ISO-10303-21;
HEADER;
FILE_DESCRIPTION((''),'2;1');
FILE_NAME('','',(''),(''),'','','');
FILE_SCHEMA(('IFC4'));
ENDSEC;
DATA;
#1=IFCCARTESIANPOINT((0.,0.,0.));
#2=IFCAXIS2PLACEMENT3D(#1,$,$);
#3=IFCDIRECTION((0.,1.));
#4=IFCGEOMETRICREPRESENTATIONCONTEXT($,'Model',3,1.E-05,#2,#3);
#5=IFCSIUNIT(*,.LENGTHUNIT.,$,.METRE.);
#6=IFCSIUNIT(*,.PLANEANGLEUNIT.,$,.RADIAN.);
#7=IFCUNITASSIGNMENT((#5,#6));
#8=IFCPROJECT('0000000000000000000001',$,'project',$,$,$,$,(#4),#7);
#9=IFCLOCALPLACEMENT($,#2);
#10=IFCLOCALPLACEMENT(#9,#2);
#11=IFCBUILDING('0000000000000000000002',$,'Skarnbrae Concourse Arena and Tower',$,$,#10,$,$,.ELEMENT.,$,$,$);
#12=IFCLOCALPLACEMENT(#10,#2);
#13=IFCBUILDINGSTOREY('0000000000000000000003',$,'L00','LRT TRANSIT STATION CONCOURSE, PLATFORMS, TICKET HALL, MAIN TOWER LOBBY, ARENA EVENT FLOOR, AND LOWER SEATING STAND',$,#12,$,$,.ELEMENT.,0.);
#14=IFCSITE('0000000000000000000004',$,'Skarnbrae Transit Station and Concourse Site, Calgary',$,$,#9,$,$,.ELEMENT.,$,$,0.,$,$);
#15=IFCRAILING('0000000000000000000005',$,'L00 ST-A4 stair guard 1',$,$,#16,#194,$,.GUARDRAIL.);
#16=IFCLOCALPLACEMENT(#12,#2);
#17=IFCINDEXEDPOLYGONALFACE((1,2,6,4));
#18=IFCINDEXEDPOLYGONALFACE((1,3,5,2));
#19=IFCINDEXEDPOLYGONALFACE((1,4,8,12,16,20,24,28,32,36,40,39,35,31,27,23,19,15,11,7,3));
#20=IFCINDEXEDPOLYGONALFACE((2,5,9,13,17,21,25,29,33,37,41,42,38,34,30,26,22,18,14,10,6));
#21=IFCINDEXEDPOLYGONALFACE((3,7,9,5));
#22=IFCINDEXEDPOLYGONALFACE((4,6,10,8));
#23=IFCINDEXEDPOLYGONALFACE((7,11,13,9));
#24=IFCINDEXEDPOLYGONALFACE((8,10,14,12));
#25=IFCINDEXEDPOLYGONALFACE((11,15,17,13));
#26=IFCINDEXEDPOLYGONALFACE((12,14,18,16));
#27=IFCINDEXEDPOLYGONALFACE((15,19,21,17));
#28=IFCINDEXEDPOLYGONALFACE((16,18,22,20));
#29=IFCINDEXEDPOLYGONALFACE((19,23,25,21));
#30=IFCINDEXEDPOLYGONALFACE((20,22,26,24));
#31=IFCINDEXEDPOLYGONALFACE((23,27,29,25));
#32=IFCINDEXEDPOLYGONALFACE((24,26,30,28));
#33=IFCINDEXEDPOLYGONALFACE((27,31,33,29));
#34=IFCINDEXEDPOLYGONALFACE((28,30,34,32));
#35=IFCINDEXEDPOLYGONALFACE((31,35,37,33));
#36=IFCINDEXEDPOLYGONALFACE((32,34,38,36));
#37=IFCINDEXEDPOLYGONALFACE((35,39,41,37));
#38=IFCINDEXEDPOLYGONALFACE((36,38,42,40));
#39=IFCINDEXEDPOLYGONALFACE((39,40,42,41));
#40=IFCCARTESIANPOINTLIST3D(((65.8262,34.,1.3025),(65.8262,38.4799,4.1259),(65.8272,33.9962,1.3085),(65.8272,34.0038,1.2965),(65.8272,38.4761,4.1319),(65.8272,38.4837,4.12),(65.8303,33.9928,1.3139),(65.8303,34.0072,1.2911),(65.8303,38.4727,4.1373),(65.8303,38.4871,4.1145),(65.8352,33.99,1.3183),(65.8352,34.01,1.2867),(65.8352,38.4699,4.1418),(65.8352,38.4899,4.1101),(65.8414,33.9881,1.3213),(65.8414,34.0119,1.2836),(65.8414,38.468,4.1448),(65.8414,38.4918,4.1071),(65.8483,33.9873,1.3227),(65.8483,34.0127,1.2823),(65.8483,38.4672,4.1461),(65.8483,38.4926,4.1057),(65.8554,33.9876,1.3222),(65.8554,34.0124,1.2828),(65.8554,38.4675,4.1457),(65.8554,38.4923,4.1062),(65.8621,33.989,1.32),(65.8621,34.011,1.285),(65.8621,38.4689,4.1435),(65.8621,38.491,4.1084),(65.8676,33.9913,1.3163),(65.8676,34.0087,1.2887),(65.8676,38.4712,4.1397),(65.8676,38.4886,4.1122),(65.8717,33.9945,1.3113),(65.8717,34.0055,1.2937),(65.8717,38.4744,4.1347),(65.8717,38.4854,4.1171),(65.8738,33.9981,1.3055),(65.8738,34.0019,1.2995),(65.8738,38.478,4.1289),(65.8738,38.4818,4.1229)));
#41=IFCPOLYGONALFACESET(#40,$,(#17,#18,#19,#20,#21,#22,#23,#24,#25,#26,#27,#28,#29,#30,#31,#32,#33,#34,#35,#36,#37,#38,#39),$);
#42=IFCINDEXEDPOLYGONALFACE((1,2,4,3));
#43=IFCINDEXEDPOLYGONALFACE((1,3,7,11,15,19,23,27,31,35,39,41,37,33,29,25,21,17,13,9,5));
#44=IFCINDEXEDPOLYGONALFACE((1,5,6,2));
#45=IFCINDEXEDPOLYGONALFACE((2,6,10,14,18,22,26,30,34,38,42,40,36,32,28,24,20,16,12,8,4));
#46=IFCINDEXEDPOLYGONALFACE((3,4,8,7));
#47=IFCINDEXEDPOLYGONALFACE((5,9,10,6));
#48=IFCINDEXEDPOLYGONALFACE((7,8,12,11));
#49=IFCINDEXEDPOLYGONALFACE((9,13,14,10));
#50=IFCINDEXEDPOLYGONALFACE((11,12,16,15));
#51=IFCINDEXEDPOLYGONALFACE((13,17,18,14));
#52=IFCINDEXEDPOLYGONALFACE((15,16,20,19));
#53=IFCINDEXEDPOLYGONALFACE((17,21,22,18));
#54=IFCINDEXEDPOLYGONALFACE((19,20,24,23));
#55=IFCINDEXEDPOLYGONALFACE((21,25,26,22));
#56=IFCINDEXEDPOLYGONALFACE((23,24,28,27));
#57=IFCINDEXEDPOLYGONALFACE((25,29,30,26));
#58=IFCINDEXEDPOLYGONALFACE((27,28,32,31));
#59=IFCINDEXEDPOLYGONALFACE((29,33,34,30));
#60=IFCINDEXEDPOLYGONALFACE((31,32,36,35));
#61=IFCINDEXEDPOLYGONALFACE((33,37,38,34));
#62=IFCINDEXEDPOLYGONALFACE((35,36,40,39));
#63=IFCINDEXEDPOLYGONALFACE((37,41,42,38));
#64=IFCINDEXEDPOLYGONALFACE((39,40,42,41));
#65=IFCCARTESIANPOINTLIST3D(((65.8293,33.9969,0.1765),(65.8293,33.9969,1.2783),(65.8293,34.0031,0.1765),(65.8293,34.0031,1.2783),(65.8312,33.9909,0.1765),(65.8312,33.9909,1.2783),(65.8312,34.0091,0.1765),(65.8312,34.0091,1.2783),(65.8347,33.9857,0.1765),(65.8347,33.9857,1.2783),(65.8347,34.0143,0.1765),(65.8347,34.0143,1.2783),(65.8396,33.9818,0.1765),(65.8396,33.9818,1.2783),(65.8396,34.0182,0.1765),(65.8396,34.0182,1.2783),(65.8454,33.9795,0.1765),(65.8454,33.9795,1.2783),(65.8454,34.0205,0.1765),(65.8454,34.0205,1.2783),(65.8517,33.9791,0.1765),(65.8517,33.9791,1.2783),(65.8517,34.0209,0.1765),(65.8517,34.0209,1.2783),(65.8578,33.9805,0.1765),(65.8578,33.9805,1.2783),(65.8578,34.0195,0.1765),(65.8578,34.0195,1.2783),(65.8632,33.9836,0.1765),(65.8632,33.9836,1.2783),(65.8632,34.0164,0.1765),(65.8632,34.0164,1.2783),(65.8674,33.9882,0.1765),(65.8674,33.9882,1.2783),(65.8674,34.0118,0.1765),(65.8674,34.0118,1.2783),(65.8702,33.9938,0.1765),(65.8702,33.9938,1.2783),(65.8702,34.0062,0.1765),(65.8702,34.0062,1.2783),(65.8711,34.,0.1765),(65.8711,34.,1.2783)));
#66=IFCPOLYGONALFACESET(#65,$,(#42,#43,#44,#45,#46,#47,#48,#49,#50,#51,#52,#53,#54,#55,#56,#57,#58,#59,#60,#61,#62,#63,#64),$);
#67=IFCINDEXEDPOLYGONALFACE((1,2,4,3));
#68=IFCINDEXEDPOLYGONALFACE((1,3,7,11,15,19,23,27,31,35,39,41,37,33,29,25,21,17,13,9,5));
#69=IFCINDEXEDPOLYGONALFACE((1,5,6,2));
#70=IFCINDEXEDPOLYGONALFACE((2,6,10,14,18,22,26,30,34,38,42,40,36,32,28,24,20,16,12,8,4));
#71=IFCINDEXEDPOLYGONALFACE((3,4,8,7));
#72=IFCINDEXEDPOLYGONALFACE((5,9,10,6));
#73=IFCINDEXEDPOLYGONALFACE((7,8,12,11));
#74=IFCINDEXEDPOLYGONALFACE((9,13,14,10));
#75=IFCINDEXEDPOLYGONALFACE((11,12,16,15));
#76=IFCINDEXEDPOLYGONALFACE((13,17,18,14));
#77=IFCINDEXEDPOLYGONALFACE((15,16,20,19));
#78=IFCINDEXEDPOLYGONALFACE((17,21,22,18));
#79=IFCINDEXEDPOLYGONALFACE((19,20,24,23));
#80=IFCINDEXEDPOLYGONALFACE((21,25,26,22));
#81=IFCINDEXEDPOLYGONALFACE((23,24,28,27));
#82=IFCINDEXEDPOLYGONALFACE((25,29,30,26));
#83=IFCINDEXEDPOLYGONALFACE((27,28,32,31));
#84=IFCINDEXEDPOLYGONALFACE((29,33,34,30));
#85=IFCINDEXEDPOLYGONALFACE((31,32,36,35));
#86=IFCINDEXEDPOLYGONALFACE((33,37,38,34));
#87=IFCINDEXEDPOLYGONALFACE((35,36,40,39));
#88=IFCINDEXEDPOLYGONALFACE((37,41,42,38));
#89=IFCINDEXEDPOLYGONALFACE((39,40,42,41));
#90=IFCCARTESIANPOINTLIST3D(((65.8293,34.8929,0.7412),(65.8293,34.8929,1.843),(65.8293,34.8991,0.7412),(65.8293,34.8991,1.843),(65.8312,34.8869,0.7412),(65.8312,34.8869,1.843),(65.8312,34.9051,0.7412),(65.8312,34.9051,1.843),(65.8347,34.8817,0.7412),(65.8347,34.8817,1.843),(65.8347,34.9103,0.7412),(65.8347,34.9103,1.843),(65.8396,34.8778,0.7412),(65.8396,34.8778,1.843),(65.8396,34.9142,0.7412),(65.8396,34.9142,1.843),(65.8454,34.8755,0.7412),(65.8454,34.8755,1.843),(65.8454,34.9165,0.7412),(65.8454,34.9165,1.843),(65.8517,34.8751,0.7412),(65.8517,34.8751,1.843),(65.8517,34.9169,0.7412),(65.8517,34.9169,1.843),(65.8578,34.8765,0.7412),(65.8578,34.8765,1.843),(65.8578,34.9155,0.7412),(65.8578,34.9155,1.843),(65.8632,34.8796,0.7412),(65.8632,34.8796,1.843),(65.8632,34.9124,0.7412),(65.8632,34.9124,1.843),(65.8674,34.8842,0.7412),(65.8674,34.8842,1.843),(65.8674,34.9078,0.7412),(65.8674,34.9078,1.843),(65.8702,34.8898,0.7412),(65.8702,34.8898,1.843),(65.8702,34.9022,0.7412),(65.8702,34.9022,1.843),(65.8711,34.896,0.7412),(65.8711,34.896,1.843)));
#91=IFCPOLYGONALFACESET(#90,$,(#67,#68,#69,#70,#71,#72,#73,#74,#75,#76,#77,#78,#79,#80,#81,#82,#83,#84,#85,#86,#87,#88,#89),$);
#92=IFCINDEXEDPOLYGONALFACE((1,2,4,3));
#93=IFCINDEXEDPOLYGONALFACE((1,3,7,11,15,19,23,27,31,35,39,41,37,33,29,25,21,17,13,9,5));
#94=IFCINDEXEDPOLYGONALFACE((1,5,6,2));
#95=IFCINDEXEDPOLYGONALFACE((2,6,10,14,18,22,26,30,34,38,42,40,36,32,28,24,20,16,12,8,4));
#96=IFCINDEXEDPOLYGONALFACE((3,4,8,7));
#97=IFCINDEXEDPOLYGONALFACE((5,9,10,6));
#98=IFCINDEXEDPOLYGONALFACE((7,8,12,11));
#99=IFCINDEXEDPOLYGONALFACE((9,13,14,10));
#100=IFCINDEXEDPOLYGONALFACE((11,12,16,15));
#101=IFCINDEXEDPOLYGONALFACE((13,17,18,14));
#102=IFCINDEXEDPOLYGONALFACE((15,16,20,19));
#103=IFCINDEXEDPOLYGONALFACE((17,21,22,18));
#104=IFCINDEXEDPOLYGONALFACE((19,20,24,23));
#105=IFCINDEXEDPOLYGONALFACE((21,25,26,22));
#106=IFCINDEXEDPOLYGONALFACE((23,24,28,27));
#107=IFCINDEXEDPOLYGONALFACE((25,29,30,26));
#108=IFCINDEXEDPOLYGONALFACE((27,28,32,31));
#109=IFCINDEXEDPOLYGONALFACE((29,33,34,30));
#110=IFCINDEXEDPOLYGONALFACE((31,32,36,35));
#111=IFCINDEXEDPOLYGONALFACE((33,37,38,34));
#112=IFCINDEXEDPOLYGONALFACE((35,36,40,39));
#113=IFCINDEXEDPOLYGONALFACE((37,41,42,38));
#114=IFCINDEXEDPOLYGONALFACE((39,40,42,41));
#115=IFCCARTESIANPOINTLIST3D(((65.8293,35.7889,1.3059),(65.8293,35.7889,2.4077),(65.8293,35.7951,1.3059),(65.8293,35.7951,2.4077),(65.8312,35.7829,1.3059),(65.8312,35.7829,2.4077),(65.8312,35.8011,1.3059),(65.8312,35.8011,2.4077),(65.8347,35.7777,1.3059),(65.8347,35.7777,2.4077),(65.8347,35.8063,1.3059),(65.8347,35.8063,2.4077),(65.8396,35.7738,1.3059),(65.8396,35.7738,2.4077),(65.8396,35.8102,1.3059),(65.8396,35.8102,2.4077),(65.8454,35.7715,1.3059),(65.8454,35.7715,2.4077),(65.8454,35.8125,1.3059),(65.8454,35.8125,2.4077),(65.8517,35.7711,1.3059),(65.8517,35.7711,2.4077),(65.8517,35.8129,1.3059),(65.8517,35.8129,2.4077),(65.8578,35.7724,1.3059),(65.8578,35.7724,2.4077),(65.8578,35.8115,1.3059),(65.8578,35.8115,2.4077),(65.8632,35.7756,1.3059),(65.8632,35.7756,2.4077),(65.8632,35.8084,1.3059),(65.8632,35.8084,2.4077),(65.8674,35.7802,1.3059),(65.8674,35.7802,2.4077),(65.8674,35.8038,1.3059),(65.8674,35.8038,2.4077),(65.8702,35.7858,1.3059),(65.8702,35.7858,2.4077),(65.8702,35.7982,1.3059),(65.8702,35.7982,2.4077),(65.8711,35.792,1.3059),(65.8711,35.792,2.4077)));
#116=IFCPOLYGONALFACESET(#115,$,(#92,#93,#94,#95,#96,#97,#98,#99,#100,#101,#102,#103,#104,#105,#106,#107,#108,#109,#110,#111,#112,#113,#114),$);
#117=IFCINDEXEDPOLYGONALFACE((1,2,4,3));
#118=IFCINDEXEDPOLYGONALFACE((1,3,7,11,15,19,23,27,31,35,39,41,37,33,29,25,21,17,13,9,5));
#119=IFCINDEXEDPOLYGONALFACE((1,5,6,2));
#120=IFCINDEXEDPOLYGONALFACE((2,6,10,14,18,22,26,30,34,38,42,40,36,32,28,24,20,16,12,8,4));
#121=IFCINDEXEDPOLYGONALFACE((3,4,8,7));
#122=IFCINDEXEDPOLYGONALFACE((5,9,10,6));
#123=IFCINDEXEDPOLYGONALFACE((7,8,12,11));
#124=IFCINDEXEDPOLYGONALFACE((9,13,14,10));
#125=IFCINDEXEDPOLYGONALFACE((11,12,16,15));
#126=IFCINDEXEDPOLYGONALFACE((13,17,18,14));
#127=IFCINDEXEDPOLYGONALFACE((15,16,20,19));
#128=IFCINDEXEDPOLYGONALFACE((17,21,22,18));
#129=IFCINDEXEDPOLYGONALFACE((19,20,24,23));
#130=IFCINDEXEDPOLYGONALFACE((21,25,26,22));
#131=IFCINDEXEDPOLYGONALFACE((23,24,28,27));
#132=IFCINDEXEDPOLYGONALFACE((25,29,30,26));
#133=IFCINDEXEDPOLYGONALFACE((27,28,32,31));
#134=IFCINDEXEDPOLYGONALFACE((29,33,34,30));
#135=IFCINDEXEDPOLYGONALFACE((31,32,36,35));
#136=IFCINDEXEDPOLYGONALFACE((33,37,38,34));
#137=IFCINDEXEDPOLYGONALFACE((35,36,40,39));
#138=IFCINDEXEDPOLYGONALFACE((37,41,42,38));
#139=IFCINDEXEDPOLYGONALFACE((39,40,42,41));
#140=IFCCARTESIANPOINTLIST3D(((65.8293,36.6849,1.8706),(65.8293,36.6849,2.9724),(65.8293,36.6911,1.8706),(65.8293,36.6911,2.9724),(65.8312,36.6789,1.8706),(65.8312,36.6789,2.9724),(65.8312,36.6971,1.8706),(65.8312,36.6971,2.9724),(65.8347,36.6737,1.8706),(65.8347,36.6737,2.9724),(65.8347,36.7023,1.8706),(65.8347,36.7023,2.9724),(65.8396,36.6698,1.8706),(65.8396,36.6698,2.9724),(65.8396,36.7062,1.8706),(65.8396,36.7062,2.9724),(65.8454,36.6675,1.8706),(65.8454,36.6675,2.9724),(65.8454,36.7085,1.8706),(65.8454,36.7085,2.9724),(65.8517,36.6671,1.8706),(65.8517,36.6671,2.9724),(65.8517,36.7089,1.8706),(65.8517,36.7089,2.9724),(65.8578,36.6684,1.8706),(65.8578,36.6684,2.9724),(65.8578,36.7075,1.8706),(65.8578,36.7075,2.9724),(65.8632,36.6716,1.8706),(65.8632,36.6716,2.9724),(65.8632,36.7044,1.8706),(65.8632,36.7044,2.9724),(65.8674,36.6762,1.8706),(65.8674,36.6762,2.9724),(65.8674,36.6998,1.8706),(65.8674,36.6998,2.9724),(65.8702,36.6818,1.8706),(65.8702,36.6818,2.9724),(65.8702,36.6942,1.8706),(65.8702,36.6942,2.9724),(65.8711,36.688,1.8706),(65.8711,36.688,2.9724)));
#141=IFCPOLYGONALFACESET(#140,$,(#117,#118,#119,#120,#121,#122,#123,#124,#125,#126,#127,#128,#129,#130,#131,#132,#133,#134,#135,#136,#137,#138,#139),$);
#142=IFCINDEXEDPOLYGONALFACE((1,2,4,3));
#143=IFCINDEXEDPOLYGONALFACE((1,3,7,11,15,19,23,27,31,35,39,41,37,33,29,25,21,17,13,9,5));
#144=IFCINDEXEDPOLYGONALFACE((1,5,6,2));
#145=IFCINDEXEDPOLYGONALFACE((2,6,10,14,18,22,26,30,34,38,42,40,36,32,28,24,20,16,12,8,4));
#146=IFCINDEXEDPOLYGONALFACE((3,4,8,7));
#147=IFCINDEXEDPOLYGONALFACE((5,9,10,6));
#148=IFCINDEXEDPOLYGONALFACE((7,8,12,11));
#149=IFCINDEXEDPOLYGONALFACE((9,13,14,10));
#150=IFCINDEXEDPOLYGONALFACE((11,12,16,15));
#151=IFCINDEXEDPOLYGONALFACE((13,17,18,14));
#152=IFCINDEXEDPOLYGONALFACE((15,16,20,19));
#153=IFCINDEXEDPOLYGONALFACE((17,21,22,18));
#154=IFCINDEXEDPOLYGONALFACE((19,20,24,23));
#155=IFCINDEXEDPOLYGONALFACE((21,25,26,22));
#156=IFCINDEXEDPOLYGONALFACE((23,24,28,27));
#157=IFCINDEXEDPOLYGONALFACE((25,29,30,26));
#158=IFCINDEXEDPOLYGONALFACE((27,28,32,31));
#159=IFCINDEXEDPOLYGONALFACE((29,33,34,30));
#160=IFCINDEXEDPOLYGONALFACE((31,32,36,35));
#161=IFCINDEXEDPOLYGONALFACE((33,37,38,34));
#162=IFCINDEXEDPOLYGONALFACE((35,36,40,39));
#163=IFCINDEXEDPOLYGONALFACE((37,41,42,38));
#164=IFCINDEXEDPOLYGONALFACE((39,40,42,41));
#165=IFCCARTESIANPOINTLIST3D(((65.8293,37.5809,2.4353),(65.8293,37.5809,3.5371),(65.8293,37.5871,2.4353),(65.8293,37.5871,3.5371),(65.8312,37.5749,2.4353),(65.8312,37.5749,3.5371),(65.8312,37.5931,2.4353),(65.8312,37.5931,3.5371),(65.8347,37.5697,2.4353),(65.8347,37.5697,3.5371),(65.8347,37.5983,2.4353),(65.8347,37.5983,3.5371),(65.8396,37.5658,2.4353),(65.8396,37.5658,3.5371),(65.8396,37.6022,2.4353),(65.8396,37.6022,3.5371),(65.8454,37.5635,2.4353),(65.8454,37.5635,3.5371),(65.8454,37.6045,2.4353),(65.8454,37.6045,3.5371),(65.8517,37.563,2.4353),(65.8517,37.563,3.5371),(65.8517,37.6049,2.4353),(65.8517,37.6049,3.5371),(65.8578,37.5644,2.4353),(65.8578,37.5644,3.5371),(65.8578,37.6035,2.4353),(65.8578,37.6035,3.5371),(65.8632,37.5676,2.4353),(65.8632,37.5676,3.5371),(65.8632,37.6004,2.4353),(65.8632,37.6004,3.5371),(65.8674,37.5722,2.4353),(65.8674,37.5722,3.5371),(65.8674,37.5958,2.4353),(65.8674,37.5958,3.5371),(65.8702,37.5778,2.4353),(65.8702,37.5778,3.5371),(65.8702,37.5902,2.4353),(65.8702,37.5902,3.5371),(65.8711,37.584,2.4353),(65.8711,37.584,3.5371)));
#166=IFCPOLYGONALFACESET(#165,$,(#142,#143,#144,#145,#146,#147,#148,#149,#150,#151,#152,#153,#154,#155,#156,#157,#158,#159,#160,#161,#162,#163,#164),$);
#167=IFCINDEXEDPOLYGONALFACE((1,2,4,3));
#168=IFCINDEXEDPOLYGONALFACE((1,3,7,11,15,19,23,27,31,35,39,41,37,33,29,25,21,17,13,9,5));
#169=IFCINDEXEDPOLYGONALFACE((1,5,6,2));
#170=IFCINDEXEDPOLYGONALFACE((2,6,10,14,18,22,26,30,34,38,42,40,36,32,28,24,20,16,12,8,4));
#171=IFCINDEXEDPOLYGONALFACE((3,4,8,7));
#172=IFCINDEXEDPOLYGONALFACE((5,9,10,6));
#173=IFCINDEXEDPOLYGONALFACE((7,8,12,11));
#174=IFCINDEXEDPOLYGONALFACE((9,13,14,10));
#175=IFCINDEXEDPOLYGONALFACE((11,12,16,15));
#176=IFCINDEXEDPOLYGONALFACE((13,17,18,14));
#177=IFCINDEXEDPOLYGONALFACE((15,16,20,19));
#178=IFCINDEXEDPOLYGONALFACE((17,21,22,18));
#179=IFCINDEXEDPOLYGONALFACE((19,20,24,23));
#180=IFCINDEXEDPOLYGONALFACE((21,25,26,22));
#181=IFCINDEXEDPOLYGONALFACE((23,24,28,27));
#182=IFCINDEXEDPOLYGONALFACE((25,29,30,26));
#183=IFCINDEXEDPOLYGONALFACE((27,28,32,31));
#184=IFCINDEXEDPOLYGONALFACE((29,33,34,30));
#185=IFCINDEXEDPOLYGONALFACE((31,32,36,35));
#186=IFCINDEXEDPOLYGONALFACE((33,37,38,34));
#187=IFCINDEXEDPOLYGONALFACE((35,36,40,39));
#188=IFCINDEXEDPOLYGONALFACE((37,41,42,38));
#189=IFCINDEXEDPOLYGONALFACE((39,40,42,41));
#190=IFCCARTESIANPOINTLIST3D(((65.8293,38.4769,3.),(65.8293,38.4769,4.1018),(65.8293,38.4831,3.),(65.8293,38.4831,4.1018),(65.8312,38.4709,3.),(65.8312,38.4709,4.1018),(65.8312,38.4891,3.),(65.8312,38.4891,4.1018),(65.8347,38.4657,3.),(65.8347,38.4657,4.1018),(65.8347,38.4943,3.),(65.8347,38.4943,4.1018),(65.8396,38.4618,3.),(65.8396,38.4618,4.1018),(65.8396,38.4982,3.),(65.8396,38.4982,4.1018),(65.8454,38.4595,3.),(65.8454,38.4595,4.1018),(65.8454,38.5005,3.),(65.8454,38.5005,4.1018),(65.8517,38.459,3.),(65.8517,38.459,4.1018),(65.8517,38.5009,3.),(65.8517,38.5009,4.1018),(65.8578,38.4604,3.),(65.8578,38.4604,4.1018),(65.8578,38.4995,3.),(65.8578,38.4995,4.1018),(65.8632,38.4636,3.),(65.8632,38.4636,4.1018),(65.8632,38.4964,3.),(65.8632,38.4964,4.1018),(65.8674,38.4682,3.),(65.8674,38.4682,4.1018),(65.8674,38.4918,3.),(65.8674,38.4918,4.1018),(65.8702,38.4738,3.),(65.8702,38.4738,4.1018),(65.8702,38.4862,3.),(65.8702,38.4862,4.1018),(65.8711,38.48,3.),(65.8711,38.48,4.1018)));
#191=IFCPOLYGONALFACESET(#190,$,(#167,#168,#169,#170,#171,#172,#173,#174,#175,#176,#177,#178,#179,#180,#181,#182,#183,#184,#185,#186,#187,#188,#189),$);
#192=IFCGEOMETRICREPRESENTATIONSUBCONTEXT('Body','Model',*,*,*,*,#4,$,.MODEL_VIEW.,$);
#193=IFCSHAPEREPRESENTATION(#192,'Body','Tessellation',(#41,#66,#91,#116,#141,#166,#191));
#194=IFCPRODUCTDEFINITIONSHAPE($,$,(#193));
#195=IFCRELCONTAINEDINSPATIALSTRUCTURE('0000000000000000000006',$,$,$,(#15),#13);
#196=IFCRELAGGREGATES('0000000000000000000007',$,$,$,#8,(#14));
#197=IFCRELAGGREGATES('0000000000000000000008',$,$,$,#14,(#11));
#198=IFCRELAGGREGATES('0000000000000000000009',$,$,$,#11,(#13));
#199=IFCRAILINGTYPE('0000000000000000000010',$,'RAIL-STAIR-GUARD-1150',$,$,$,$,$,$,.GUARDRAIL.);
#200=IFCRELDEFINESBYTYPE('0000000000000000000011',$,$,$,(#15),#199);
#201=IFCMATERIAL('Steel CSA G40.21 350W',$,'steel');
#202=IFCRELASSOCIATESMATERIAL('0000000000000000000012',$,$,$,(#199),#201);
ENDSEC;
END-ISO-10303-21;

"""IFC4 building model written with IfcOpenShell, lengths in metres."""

from ifc_helpers import new_model, si_unit, direction, frame, origin, origin_2d, place, context, subcontext, project, spatial, circle, extrude, material, type_object, element, save


model = new_model("IFC4")

# Units and contexts
model_context = context("Model", 3, precision=1e-05, world=origin(), true_north=direction((0.0, 1.0)))
body_context = subcontext(model_context, "Body", "Model", "MODEL_VIEW")
ifc_project = project(units=[si_unit("LENGTHUNIT", "METRE"), si_unit("PLANEANGLEUNIT", "RADIAN")], contexts=[model_context])

# Site, building, storey
site_placement = place(None, origin())
site = spatial("IfcSite", under=ifc_project, at=site_placement, Name="Skarnbrae Transit Station and Concourse Site, Calgary", CompositionType="ELEMENT", RefElevation=0.0)
building_placement = place(site_placement, origin())
building = spatial("IfcBuilding", under=site, at=building_placement, Name="Skarnbrae Concourse Arena and Tower", CompositionType="ELEMENT")
storey_placement = place(building_placement, origin())
storey = spatial("IfcBuildingStorey", under=building, at=storey_placement, Name="L00", Description="LRT TRANSIT STATION CONCOURSE, PLATFORMS, TICKET HALL, MAIN TOWER LOBBY, ARENA EVENT FLOOR, AND LOWER SEATING STAND", CompositionType="ELEMENT", Elevation=0.0)

# Shared definitions
ifc_material_1 = material(Name="Steel CSA G40.21 350W", Category="steel")

# Railing
railing_type_1 = type_object("IfcRailingType", Name="RAIL-STAIR-GUARD-1150", PredefinedType="GUARDRAIL", material=ifc_material_1)
railing_1_placement = place(storey_placement, frame((65.8501, 34.0, 0.1765)))
element("IfcRailing", 1, at=railing_1_placement, inside=storey, type_object=railing_type_1, Name="L00 ST-A4 stair guard 1", PredefinedType="GUARDRAIL", context=body_context, shape_type="SweptSolid", body=[
    extrude(circle(Radius=0.0239, at=origin_2d()), frame((0.0, 0.0, 1.126), z_axis=(0.0, 0.845998, 0.533186), x_axis=(-1.0, 0.0, 0.0)), (0.0, 0.0, 1.0), 5.2954),
    extrude(circle(Radius=0.021, at=origin_2d()), origin(), (0.0, 0.0, 1.0), 1.1018),
    extrude(circle(Radius=0.021, at=origin_2d()), frame((0.0, 0.896, 0.5647)), (0.0, 0.0, 1.0), 1.1018),
    extrude(circle(Radius=0.021, at=origin_2d()), frame((0.0, 1.792, 1.1294)), (0.0, 0.0, 1.0), 1.1018),
    extrude(circle(Radius=0.021, at=origin_2d()), frame((0.0, 2.688, 1.6941)), (0.0, 0.0, 1.0), 1.1018),
    extrude(circle(Radius=0.021, at=origin_2d()), frame((0.0, 3.584, 2.2588)), (0.0, 0.0, 1.0), 1.1018),
    extrude(circle(Radius=0.021, at=origin_2d()), frame((0.0, 4.48, 2.8235)), (0.0, 0.0, 1.0), 1.1018),
])

save(model, "model.ifc")
